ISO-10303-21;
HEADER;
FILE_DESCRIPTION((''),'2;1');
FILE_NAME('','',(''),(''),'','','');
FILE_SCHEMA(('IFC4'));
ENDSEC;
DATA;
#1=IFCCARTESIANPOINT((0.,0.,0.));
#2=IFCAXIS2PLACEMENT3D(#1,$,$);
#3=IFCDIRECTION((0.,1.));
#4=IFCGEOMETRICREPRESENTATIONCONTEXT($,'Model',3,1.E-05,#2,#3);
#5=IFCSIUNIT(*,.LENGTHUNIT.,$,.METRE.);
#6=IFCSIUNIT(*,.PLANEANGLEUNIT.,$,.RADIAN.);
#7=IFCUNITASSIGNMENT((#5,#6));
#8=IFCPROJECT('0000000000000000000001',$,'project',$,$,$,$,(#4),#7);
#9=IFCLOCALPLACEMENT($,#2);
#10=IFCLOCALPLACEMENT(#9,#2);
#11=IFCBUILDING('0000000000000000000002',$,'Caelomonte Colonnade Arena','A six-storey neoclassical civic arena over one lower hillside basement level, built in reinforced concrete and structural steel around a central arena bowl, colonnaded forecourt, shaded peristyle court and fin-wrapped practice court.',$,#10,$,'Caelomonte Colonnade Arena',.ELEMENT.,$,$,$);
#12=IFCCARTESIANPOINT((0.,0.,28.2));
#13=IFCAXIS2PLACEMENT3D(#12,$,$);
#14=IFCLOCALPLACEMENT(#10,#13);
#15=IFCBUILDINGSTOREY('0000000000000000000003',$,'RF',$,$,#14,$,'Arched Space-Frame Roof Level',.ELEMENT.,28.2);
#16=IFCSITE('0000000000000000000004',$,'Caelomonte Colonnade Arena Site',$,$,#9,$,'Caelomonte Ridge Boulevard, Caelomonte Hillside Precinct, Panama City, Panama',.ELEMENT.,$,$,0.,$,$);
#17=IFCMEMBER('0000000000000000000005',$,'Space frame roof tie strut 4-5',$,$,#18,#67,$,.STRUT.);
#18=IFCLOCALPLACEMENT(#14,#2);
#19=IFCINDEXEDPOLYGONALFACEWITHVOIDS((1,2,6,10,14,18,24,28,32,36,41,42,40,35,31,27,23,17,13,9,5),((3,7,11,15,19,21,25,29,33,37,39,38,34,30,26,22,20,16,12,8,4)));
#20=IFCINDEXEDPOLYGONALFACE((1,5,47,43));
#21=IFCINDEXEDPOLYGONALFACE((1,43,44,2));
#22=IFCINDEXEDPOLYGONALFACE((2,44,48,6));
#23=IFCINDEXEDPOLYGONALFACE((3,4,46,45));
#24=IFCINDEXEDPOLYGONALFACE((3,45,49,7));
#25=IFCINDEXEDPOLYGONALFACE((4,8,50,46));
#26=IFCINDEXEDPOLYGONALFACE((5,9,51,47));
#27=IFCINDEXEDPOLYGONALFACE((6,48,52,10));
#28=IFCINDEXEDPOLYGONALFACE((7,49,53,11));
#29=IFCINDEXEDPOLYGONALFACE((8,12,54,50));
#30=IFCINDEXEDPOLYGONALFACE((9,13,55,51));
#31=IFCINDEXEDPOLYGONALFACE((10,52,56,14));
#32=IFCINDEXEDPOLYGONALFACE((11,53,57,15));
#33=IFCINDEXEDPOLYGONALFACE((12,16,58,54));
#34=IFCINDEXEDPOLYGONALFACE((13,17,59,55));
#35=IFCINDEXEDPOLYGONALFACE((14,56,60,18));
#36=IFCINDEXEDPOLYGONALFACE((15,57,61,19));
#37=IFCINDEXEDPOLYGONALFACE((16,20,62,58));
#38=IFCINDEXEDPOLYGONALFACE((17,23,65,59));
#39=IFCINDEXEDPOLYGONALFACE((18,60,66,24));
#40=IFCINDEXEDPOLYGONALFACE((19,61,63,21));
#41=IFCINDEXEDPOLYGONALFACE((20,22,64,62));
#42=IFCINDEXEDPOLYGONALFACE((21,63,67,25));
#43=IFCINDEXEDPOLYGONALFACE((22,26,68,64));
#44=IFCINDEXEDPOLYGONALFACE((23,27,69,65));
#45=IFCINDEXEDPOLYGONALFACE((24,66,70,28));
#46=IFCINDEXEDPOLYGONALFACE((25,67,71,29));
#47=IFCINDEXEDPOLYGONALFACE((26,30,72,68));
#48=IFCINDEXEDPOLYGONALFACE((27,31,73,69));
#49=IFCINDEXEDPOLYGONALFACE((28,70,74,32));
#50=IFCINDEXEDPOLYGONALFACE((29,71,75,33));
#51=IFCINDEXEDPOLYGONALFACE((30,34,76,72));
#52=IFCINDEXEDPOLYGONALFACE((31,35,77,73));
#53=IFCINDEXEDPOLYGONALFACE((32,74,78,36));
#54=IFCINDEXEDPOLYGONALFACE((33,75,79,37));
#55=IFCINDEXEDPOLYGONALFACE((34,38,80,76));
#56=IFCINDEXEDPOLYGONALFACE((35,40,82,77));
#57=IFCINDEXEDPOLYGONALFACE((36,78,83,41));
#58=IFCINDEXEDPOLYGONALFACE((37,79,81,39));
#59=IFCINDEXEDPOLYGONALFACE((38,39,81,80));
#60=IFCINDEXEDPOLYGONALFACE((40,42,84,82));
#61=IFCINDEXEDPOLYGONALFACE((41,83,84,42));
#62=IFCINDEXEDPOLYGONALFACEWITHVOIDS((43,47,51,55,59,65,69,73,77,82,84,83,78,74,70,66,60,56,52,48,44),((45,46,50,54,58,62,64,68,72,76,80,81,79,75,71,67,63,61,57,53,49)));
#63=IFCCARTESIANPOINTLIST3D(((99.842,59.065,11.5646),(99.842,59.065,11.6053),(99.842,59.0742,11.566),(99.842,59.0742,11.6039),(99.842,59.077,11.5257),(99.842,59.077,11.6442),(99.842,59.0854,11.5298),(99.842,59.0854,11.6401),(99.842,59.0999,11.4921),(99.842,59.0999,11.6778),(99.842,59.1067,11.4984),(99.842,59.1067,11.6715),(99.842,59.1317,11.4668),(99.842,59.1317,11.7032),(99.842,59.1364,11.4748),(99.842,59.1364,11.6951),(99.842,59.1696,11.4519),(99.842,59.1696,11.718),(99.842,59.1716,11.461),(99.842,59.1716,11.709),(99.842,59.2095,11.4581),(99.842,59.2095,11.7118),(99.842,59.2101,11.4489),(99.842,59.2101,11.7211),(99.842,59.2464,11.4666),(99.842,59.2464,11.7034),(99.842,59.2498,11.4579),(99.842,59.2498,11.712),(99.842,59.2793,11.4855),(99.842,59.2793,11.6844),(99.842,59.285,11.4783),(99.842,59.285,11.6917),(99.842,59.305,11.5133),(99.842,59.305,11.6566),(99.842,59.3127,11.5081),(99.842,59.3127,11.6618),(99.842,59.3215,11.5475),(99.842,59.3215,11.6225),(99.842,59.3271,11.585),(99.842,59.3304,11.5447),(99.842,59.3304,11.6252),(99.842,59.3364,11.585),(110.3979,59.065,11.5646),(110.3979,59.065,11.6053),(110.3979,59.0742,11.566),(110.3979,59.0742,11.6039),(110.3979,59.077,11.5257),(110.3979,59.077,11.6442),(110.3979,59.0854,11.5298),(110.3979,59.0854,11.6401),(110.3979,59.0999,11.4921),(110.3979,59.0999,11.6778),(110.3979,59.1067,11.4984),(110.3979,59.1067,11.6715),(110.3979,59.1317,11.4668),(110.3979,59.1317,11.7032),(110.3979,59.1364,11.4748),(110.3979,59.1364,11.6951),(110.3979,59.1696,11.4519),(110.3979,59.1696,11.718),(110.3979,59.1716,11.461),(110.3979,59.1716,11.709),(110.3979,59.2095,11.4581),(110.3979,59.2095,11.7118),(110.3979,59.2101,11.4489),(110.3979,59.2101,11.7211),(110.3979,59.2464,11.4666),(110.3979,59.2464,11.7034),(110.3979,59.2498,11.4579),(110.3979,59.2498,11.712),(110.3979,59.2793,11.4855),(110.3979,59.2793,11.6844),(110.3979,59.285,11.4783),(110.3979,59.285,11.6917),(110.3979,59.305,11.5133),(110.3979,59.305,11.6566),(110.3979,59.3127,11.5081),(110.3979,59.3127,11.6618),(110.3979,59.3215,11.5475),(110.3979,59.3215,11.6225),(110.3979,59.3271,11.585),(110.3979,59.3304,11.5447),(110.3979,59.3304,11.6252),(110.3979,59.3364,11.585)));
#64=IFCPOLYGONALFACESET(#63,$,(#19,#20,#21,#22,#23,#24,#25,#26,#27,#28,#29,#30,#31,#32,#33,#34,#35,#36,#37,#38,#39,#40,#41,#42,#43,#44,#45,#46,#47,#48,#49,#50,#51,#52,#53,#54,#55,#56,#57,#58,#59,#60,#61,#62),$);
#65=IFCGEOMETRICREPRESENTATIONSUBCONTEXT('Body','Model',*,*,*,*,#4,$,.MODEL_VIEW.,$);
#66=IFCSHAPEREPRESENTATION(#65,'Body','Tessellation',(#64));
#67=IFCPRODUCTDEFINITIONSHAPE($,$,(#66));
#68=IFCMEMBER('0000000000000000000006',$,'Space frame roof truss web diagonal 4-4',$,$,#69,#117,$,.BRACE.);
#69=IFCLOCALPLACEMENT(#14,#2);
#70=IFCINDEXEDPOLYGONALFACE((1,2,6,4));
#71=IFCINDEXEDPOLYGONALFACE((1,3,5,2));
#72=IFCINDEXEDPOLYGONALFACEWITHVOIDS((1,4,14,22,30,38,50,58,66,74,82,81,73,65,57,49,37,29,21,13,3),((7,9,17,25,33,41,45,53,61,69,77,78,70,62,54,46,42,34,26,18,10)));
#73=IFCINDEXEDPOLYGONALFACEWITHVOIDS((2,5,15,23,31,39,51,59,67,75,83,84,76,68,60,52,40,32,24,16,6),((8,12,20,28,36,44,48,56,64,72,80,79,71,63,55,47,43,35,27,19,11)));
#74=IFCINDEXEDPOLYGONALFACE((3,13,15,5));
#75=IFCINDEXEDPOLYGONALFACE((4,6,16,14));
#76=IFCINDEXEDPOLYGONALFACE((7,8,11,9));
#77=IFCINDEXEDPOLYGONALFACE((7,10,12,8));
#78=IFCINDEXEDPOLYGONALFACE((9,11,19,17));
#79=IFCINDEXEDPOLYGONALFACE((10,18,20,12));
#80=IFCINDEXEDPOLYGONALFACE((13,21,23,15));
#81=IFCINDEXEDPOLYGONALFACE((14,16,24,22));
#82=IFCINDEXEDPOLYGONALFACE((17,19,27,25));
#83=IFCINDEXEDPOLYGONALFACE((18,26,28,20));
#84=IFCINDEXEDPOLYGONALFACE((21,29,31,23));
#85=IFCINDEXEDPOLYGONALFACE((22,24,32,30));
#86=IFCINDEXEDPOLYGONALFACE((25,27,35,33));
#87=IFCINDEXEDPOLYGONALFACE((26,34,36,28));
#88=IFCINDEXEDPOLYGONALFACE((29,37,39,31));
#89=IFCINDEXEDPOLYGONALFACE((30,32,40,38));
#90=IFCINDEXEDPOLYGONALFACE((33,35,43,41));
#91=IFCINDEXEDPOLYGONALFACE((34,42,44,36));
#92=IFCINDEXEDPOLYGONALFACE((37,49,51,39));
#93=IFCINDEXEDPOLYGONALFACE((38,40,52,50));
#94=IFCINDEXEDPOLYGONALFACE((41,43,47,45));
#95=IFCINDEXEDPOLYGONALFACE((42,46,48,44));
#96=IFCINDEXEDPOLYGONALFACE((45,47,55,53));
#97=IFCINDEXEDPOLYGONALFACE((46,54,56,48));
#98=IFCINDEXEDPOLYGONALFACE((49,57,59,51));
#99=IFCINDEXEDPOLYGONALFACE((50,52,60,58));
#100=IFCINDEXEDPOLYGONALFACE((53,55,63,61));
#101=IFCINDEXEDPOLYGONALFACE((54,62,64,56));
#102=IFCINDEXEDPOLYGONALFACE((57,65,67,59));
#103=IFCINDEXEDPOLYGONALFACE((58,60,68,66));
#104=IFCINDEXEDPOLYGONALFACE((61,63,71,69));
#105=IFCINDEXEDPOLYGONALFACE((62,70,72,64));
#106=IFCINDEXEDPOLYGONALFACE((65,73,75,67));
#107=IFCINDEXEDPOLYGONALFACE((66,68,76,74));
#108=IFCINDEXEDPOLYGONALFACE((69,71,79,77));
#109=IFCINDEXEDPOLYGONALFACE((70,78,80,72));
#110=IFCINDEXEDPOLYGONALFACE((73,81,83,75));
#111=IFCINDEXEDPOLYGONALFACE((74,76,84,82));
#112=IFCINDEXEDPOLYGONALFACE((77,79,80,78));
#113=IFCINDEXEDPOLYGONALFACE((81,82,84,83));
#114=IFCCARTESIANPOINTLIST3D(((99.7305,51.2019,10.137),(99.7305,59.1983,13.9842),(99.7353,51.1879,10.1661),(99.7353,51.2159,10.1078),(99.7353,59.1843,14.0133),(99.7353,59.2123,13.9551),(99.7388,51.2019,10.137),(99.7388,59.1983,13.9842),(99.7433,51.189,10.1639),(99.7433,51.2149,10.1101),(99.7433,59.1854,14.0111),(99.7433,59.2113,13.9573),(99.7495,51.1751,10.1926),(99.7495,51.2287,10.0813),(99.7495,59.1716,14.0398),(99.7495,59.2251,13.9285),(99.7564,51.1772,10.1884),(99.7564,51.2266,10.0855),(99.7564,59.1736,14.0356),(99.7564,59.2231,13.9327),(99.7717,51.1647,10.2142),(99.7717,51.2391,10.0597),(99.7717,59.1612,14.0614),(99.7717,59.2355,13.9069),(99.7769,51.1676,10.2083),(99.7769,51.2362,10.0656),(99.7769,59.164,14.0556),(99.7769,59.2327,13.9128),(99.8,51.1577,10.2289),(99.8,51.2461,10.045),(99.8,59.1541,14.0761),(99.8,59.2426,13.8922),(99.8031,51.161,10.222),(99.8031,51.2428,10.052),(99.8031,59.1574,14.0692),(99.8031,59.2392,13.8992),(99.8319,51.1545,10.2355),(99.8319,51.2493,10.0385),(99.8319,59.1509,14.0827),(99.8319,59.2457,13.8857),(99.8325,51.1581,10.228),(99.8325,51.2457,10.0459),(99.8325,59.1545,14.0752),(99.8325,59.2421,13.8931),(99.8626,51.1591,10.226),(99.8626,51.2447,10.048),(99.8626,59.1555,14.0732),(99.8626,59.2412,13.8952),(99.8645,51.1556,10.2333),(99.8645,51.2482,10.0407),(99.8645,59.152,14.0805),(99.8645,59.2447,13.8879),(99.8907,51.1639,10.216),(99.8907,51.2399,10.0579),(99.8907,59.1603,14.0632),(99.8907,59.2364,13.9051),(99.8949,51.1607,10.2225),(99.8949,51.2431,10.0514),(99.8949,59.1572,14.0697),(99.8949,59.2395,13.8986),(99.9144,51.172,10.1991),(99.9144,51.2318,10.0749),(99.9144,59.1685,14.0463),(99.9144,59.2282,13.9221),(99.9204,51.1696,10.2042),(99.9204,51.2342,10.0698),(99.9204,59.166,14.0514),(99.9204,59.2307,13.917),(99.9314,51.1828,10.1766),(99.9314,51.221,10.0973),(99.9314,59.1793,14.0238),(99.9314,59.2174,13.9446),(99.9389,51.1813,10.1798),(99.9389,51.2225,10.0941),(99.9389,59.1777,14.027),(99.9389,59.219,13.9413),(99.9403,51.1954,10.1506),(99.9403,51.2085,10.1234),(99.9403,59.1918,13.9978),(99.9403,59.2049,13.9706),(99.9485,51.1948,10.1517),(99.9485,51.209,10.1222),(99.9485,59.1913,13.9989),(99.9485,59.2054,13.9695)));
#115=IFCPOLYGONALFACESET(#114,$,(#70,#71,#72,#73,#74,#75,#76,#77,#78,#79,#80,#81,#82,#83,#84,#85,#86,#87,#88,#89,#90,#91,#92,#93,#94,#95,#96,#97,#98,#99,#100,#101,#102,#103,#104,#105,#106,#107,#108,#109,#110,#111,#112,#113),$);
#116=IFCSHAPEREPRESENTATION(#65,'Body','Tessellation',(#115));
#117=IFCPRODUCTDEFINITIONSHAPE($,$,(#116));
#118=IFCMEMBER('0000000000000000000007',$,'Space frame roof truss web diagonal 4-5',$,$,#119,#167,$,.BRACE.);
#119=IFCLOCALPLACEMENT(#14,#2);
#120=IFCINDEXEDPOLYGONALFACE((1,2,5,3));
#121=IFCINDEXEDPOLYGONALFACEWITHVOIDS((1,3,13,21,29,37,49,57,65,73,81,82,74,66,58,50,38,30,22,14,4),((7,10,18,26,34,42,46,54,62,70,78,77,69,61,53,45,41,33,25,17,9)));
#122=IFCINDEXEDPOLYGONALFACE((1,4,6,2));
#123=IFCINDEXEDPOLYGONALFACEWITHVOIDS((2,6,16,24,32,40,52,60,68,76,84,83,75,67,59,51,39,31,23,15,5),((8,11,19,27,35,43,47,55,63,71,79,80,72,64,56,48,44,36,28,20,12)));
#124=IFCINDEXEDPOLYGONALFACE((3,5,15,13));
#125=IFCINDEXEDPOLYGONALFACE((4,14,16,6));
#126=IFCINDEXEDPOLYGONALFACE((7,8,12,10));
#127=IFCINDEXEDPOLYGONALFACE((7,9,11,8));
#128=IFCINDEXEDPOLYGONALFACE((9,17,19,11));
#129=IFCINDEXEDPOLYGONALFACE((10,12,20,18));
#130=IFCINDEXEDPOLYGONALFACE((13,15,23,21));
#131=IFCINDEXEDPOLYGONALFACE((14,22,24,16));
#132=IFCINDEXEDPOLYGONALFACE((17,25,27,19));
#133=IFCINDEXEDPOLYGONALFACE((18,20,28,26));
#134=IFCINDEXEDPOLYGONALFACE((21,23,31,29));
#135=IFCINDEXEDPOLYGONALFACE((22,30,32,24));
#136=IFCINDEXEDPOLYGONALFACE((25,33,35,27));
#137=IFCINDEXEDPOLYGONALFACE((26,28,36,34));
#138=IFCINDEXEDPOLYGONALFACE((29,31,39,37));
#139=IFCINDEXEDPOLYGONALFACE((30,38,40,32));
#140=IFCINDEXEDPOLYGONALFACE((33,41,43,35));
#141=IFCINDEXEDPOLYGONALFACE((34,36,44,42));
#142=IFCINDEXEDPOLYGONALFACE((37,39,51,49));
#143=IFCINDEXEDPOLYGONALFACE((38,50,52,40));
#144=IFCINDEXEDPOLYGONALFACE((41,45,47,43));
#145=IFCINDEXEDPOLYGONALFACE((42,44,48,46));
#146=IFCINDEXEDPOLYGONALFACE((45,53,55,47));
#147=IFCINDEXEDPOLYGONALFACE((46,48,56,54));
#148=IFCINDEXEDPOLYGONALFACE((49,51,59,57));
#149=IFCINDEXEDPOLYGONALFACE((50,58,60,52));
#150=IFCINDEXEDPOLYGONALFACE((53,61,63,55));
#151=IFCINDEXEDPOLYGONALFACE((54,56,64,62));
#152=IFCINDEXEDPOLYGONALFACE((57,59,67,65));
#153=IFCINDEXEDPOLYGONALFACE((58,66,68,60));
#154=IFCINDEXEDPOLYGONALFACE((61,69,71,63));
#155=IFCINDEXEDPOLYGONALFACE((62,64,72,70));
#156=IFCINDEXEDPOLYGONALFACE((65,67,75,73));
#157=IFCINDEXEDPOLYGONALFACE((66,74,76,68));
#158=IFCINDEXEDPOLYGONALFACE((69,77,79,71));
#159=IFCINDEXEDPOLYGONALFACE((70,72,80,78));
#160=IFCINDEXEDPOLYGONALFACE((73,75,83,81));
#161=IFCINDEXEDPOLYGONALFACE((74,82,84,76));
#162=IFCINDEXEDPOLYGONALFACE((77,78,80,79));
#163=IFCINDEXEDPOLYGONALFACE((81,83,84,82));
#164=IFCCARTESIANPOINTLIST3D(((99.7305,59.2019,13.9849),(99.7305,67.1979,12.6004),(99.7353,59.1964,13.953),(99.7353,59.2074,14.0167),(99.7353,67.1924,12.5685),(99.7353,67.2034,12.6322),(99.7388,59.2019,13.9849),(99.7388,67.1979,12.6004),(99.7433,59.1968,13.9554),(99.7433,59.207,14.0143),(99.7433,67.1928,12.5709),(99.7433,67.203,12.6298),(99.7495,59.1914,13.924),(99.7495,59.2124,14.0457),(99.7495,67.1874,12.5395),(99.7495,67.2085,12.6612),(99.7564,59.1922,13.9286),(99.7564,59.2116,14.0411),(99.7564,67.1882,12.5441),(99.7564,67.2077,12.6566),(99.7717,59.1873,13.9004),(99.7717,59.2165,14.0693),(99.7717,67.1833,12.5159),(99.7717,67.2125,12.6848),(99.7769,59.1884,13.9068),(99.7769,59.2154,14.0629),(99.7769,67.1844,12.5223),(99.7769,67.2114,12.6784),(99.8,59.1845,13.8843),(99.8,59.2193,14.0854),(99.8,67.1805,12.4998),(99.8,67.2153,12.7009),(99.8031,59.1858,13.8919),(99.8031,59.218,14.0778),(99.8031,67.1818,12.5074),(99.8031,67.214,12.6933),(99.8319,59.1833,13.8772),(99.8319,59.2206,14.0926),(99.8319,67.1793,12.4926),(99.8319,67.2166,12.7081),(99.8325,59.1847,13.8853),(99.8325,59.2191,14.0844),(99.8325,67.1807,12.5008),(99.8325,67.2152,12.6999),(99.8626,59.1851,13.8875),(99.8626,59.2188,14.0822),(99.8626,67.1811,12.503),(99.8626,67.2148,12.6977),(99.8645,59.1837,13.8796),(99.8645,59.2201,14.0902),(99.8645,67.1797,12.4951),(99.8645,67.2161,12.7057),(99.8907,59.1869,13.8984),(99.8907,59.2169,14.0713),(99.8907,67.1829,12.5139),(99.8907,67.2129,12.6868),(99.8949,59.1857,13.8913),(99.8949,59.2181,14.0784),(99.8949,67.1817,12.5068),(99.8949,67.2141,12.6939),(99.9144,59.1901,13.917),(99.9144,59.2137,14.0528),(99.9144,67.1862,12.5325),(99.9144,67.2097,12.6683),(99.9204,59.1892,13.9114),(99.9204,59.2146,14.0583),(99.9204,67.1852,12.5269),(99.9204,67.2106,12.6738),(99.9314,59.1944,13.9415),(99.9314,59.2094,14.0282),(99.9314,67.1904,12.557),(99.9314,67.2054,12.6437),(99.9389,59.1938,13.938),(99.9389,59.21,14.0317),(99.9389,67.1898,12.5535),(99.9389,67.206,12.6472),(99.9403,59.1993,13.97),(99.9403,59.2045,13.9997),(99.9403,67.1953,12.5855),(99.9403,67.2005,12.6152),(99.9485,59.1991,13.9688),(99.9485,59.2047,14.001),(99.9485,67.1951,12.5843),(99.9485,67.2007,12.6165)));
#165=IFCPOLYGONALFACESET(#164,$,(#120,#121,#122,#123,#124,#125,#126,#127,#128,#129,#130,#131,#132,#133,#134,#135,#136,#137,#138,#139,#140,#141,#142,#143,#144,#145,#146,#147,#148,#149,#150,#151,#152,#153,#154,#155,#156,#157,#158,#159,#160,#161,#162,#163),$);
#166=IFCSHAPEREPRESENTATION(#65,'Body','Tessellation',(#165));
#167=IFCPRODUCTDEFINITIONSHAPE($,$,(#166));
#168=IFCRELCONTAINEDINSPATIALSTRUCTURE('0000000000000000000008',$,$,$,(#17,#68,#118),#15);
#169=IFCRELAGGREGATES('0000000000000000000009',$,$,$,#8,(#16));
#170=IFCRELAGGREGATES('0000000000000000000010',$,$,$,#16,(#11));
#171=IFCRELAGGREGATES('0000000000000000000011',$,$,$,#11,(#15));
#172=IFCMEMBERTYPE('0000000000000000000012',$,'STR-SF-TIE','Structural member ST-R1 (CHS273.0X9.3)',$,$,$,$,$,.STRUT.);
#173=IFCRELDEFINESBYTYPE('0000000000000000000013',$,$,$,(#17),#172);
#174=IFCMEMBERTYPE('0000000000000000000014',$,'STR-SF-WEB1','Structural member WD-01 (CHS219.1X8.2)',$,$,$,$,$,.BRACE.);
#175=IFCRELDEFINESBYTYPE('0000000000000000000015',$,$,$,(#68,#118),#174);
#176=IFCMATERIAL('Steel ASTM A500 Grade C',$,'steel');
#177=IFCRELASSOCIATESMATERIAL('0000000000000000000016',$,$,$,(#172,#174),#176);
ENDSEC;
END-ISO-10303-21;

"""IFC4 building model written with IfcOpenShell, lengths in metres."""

from ifc_helpers import new_model, si_unit, direction, frame, origin, origin_2d, place, context, subcontext, project, spatial, hollow_circle, extrude, material, material_profile, profile_set, type_object, element, save


model = new_model("IFC4")

# Units and contexts
model_context = context("Model", 3, precision=1e-05, world=origin(), true_north=direction((0.0, 1.0)))
body_context = subcontext(model_context, "Body", "Model", "MODEL_VIEW")
ifc_project = project(units=[si_unit("LENGTHUNIT", "METRE"), si_unit("PLANEANGLEUNIT", "RADIAN")], contexts=[model_context])

# Site, building, storey
site_placement = place(None, origin())
site = spatial("IfcSite", under=ifc_project, at=site_placement, Name="Caelomonte Colonnade Arena Site", LongName="Caelomonte Ridge Boulevard, Caelomonte Hillside Precinct, Panama City, Panama", CompositionType="ELEMENT", RefElevation=0.0)
building_placement = place(site_placement, origin())
building = spatial("IfcBuilding", under=site, at=building_placement, Name="Caelomonte Colonnade Arena", Description="A six-storey neoclassical civic arena over one lower hillside basement level, built in reinforced concrete and structural steel around a central arena bowl, colonnaded forecourt, shaded peristyle court and fin-wrapped practice court.", LongName="Caelomonte Colonnade Arena", CompositionType="ELEMENT")
storey_placement = place(building_placement, frame((0.0, 0.0, 28.2)))
storey = spatial("IfcBuildingStorey", under=building, at=storey_placement, Name="RF", LongName="Arched Space-Frame Roof Level", CompositionType="ELEMENT", Elevation=28.2)

# Members
ifc_material_1 = material(Name="Steel ASTM A500 Grade C", Category="steel")
ifc_material_profile_1 = material_profile(ifc_material_1, hollow_circle(Radius=0.1365, WallThickness=0.0093, at=origin_2d()), Name="CHS273.0X9.3")
ifc_profile_set_1 = profile_set([ifc_material_profile_1], Name="Steel ASTM A500 Grade C")
member_type_1 = type_object("IfcMemberType", Name="STR-SF-TIE", Description="Structural member ST-R1 (CHS273.0X9.3)", PredefinedType="STRUT", material=ifc_profile_set_1)
for number, where, z_axis, x_axis, name in (
    (1, (99.842, 59.2, 11.585), (1.0, 0.0, 0.0), (0.0, 1.0, 0.0), "Space frame roof tie strut 4-5"),
):
    element("IfcMember", number, at=place(storey_placement, frame(where, z_axis=z_axis, x_axis=x_axis)), inside=storey, type_object=member_type_1, Name=name, PredefinedType="STRUT", context=body_context, shape_type="SweptSolid", body=[
        extrude(hollow_circle(Radius=0.1365, WallThickness=0.0093, at=origin_2d()), origin(), (0.0, 0.0, 1.0), 10.5559),
    ])
ifc_material_profile_2 = material_profile(ifc_material_1, hollow_circle(Radius=0.1096, WallThickness=0.0083, at=origin_2d()), Name="CHS219.1X8.2")
ifc_profile_set_2 = profile_set([ifc_material_profile_2], Name="Steel ASTM A500 Grade C")
member_type_2 = type_object("IfcMemberType", Name="STR-SF-WEB1", Description="Structural member WD-01 (CHS219.1X8.2)", PredefinedType="BRACE", material=ifc_profile_set_2)
member_1_placement = place(storey_placement, frame((99.8401, 51.2019, 10.137), z_axis=(0.0, 0.90113, 0.433548), x_axis=(-1.0, 0.0, 0.0)))
element("IfcMember", 2, at=member_1_placement, inside=storey, type_object=member_type_2, Name="Space frame roof truss web diagonal 4-4", PredefinedType="BRACE", context=body_context, shape_type="SweptSolid", body=[
    extrude(hollow_circle(Radius=0.1096, WallThickness=0.0083, at=origin_2d()), origin(), (0.0, 0.0, 1.0), 8.8738),
])
member_2_placement = place(storey_placement, frame((99.8401, 59.2019, 13.9849), z_axis=(0.0, 0.985338, -0.170611), x_axis=(-1.0, 0.0, 0.0)))
element("IfcMember", 3, at=member_2_placement, inside=storey, type_object=member_type_2, Name="Space frame roof truss web diagonal 4-5", PredefinedType="BRACE", context=body_context, shape_type="SweptSolid", body=[
    extrude(hollow_circle(Radius=0.1096, WallThickness=0.0083, at=origin_2d()), origin(), (0.0, 0.0, 1.0), 8.115),
])

save(model, "model.ifc")
